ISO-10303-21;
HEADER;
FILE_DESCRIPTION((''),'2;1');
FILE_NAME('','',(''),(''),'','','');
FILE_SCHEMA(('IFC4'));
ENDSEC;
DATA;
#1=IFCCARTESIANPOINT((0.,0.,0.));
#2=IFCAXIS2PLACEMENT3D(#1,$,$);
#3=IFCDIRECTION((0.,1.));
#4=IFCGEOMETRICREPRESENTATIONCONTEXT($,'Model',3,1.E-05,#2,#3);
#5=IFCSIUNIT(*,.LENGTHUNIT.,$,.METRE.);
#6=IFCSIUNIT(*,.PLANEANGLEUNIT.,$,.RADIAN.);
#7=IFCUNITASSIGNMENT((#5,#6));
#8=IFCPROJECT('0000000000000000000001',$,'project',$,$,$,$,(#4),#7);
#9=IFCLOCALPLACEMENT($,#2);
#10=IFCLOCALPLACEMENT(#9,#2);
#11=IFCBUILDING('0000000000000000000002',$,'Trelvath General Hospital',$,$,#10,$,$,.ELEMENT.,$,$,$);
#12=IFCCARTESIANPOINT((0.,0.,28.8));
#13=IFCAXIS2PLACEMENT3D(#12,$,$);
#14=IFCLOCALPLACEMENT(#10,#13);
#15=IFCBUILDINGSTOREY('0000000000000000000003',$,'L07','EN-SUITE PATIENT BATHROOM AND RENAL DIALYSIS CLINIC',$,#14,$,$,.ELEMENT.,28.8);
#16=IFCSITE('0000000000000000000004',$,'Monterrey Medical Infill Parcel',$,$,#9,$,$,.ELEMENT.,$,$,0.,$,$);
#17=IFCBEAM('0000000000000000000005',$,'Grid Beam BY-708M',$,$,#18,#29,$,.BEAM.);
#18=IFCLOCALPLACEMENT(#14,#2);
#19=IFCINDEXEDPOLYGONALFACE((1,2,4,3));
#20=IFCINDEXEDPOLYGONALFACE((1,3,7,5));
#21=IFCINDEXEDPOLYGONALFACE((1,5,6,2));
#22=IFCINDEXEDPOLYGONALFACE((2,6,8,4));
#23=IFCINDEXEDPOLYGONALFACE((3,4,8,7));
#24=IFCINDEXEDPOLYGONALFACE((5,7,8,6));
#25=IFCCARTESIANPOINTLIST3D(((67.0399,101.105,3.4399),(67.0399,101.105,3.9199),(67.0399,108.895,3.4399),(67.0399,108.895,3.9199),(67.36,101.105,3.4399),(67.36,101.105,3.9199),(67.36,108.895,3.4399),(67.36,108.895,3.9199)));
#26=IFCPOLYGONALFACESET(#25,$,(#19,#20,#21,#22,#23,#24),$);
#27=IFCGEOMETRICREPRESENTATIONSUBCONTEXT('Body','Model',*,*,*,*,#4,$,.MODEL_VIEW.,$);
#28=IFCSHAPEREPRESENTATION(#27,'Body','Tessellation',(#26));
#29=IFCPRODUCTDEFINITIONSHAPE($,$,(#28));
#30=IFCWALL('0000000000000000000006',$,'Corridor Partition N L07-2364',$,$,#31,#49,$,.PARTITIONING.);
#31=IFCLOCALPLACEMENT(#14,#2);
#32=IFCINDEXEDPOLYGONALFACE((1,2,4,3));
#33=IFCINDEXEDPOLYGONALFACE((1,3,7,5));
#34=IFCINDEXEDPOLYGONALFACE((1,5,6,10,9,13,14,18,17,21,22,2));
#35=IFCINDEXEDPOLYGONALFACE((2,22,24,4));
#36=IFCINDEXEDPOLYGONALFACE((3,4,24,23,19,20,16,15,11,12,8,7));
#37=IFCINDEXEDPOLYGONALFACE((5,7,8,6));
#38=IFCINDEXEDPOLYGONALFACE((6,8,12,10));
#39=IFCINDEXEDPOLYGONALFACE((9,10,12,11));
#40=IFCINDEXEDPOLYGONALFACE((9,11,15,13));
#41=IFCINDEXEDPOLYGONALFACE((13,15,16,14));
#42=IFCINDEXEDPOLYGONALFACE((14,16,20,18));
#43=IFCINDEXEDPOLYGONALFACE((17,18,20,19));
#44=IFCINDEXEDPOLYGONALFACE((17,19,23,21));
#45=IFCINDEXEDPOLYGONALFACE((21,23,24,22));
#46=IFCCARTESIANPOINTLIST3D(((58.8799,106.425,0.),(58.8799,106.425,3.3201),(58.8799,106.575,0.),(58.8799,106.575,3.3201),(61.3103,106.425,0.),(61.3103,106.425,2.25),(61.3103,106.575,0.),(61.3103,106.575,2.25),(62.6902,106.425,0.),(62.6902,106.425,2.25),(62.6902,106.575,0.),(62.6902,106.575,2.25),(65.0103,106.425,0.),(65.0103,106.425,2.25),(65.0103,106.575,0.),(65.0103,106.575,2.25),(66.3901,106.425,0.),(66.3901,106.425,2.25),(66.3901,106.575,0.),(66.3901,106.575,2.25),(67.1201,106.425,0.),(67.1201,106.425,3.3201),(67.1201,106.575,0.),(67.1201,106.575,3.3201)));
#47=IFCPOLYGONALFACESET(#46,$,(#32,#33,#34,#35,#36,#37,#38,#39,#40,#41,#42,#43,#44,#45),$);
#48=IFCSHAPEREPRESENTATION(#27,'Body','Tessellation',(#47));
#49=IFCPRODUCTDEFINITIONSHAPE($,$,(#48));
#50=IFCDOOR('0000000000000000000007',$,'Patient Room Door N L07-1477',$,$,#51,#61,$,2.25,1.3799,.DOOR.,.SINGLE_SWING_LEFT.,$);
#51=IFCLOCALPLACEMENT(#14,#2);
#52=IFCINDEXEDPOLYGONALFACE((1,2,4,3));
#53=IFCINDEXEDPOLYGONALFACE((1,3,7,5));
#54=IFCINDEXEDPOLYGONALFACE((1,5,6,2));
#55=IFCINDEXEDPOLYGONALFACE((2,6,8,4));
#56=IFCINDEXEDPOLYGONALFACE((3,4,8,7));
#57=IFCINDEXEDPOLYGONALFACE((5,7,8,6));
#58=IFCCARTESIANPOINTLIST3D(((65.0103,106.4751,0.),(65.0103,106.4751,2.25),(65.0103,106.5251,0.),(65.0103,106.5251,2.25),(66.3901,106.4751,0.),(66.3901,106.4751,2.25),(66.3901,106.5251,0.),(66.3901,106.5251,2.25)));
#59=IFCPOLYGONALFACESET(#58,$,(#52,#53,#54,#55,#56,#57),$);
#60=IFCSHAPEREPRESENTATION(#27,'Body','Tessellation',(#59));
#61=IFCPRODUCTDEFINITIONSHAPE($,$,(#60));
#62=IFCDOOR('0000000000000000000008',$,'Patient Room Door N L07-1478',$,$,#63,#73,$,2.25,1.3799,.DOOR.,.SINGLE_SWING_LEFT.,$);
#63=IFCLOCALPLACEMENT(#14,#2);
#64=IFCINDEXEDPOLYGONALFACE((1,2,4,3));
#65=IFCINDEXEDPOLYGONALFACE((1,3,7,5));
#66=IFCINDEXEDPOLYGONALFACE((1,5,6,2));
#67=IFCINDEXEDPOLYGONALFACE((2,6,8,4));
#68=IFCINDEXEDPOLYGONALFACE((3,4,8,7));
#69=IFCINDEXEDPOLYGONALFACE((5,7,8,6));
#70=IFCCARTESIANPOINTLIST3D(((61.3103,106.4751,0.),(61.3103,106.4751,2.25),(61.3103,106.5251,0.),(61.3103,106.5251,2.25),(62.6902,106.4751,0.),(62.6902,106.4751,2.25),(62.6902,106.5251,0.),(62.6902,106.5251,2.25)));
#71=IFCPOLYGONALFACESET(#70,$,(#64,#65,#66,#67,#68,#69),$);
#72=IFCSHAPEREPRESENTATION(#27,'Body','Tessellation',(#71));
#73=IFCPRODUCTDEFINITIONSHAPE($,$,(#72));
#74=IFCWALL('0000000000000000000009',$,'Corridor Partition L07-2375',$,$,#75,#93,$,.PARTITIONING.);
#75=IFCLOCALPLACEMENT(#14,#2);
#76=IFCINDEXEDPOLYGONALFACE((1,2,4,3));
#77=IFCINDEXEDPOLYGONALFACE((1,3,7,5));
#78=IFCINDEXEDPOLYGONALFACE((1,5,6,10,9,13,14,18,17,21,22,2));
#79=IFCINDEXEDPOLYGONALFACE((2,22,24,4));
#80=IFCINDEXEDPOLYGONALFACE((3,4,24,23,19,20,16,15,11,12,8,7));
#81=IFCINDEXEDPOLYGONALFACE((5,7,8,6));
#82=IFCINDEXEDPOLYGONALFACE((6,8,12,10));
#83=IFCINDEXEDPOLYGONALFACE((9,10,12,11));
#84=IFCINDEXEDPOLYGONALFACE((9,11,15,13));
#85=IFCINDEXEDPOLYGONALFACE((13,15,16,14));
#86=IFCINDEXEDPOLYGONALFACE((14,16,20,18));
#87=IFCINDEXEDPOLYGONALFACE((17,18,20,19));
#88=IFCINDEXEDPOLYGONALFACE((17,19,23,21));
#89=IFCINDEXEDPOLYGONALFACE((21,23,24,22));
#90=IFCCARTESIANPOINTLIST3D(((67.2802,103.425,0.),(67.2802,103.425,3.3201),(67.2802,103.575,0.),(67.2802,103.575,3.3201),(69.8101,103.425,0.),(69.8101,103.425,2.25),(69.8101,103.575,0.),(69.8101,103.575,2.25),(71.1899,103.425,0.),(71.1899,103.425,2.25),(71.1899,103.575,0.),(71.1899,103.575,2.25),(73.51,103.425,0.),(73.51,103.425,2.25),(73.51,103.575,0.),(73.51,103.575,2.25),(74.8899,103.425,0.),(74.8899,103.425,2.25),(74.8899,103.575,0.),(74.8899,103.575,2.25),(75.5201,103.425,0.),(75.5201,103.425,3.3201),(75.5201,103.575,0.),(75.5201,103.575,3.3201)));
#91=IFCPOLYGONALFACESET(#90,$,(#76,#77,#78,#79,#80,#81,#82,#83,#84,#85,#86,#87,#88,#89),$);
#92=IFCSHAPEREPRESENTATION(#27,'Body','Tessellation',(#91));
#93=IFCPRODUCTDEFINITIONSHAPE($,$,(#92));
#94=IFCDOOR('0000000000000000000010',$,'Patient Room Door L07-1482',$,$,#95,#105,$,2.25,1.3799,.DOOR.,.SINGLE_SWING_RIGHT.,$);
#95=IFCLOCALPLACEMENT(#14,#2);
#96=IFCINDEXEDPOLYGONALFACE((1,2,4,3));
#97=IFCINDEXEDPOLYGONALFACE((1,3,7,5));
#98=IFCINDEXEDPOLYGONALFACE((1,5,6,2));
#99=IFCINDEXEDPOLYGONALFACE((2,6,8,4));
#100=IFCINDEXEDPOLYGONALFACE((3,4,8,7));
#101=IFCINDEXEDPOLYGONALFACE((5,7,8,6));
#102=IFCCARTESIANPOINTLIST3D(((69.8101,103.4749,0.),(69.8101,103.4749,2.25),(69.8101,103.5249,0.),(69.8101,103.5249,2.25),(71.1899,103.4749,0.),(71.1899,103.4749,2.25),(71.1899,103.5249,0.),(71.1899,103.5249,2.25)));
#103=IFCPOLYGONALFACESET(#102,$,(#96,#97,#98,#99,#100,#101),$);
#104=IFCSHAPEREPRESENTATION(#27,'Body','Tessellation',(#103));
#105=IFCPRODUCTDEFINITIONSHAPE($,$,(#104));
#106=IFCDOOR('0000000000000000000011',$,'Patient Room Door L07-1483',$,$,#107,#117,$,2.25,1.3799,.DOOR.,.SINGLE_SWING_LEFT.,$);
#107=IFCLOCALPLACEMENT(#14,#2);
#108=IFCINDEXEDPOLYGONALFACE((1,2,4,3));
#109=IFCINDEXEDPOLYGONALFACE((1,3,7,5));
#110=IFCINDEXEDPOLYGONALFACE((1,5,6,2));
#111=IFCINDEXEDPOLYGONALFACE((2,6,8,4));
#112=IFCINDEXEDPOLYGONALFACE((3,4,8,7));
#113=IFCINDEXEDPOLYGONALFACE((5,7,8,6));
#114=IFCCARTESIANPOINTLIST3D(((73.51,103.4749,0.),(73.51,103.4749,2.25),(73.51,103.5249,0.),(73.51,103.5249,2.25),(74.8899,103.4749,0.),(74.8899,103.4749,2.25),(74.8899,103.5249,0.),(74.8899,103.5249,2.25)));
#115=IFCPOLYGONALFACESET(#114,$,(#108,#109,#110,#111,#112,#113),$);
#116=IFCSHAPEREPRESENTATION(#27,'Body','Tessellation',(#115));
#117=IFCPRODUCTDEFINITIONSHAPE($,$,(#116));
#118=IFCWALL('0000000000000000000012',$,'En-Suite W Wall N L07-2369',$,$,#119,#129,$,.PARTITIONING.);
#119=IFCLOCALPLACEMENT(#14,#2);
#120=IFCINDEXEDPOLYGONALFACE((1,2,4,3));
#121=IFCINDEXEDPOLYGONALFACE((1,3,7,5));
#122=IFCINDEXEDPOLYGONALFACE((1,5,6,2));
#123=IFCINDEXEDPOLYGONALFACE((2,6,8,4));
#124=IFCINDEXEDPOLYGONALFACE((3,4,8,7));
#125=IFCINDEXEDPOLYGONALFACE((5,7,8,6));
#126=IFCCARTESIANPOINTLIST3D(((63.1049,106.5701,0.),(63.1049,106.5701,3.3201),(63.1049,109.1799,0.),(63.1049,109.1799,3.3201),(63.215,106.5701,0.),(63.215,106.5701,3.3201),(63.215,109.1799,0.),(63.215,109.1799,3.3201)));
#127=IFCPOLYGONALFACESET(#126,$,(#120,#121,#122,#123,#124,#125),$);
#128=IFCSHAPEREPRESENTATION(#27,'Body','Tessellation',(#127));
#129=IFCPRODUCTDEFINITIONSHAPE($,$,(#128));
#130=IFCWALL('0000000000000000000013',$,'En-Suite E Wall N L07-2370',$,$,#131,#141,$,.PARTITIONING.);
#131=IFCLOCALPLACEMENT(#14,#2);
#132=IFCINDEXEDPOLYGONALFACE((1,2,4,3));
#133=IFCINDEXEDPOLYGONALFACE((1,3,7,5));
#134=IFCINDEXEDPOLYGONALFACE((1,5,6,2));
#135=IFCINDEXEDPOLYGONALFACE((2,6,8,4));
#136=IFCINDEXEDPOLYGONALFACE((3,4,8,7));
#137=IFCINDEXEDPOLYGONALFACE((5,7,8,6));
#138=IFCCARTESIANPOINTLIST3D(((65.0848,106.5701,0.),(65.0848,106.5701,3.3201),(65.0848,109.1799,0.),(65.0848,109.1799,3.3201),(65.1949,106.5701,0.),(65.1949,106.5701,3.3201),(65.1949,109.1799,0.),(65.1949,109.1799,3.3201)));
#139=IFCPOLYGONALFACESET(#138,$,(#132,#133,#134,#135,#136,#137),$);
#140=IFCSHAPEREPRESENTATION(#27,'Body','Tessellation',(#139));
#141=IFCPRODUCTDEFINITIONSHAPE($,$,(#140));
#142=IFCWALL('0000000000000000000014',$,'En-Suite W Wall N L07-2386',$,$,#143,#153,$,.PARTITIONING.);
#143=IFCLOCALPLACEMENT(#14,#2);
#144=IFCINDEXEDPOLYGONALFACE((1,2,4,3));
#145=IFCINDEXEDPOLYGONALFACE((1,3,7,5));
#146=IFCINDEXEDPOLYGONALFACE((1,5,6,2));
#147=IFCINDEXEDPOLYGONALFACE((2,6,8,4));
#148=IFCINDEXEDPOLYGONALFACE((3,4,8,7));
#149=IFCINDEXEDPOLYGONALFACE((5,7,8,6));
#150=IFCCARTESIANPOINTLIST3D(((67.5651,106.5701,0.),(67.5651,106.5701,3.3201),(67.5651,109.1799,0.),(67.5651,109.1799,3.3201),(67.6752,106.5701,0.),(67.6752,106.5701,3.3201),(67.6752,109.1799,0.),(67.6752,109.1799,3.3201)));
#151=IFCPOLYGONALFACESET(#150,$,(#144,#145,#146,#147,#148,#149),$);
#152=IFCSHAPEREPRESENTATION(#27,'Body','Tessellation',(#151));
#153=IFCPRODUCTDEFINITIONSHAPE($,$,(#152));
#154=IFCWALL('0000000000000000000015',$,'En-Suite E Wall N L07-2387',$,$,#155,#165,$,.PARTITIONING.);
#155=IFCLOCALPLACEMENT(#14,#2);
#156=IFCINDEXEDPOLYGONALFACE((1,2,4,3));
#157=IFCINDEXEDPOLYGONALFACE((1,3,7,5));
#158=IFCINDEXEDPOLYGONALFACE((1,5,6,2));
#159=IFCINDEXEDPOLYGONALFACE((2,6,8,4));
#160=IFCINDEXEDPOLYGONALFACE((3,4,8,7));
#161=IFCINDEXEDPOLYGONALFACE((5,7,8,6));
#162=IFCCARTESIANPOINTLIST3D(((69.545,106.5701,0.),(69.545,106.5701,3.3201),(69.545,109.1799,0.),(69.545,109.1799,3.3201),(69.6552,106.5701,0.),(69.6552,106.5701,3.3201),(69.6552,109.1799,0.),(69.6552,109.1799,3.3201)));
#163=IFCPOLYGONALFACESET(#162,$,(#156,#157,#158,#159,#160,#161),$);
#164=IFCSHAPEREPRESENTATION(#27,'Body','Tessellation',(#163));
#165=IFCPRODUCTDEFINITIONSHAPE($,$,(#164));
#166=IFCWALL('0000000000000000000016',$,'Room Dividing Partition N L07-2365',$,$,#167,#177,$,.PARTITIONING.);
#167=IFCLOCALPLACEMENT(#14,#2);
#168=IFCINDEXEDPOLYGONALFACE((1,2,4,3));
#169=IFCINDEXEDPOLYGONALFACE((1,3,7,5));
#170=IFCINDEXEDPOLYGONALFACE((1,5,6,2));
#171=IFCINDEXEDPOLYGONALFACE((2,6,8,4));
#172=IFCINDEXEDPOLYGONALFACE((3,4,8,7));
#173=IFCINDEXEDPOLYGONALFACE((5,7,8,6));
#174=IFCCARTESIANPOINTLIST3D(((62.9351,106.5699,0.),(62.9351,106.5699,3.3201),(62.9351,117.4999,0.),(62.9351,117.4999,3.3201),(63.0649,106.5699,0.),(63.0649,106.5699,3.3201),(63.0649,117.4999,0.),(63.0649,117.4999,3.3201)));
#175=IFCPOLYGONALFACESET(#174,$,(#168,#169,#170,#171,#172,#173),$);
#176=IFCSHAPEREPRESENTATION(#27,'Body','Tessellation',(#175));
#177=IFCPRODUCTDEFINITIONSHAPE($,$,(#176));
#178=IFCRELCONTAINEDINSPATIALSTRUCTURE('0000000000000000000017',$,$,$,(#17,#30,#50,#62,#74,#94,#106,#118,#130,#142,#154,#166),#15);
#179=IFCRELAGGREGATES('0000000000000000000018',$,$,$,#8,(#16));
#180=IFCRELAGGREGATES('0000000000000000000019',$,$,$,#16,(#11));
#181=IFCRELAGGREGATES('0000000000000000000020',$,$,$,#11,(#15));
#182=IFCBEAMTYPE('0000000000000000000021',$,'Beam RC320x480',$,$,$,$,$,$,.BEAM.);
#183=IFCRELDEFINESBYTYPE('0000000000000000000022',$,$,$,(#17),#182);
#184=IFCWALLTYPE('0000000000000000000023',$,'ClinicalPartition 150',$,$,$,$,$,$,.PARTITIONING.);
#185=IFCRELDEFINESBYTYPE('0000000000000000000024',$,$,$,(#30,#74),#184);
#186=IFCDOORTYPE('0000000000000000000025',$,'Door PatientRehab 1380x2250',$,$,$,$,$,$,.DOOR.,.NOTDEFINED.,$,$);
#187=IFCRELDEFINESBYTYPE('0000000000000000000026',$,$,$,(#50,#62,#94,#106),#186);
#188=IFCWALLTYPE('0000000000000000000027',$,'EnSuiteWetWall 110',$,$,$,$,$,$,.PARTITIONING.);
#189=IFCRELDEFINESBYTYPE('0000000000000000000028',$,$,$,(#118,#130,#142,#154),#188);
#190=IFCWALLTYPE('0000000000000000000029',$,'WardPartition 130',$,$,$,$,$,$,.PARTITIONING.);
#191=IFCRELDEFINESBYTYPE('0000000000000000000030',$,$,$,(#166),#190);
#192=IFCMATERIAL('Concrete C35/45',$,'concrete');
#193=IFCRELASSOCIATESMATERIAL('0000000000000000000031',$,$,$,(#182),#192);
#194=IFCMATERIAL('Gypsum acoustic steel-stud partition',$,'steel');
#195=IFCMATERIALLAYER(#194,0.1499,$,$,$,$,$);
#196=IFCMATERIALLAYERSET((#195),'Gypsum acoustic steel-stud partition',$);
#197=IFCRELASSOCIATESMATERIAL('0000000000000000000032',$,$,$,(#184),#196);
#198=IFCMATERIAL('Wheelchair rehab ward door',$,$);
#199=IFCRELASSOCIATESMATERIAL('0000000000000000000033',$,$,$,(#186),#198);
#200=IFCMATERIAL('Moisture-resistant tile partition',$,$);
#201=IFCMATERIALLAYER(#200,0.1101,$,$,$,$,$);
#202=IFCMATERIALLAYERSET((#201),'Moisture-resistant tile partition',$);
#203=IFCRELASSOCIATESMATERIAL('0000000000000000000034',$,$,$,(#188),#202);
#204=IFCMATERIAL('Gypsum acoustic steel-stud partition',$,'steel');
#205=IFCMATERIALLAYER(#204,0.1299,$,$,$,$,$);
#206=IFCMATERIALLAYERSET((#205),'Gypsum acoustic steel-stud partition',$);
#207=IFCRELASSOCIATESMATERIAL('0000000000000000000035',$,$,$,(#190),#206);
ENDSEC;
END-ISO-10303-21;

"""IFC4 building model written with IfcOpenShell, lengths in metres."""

from ifc_helpers import new_model, si_unit, direction, frame, frame_2d, origin, origin_2d, place, context, subcontext, project, spatial, rectangle, extrude, material, layer, layer_set, material_profile, profile_set, type_object, element, fill, save


model = new_model("IFC4")

# Units and contexts
model_context = context("Model", 3, precision=1e-05, world=origin(), true_north=direction((0.0, 1.0)))
body_context = subcontext(model_context, "Body", "Model", "MODEL_VIEW")
ifc_project = project(units=[si_unit("LENGTHUNIT", "METRE"), si_unit("PLANEANGLEUNIT", "RADIAN")], contexts=[model_context])

# Site, building, storey
site_placement = place(None, origin())
site = spatial("IfcSite", under=ifc_project, at=site_placement, Name="Monterrey Medical Infill Parcel", CompositionType="ELEMENT", RefElevation=0.0)
building_placement = place(site_placement, origin())
building = spatial("IfcBuilding", under=site, at=building_placement, Name="Trelvath General Hospital", CompositionType="ELEMENT")
storey_placement = place(building_placement, frame((0.0, 0.0, 28.8)))
storey = spatial("IfcBuildingStorey", under=building, at=storey_placement, Name="L07", Description="EN-SUITE PATIENT BATHROOM AND RENAL DIALYSIS CLINIC", CompositionType="ELEMENT", Elevation=28.8)

# Beam
ifc_material_1 = material(Name="Concrete C35/45", Category="concrete")
ifc_material_profile = material_profile(ifc_material_1, rectangle(XDim=0.3201, YDim=0.48, at=origin_2d()), Name="RCB320x480")
ifc_profile_set = profile_set([ifc_material_profile], Name="Concrete C35/45")
beam_type = type_object("IfcBeamType", Name="Beam RC320x480", PredefinedType="BEAM", material=ifc_profile_set)
beam_placement = place(storey_placement, frame((67.2, 101.105, 3.6799), z_axis=(0.0, 1.0, 0.0), x_axis=(-1.0, 0.0, 0.0)))
element("IfcBeam", 1, at=beam_placement, inside=storey, type_object=beam_type, Name="Grid Beam BY-708M", PredefinedType="BEAM", context=body_context, shape_type="SweptSolid", body=[
    extrude(rectangle(XDim=0.3201, YDim=0.48, at=origin_2d()), origin(), (0.0, 0.0, 1.0), 7.79),
])

# Walls, openings, doors
ifc_material_2 = material(Name="Gypsum acoustic steel-stud partition", Category="steel")
ifc_layer_1 = layer(ifc_material_2, 0.1499)
ifc_layer_set_1 = layer_set([ifc_layer_1], Name="Gypsum acoustic steel-stud partition")
wall_type_1 = type_object("IfcWallType", Name="ClinicalPartition 150", PredefinedType="PARTITIONING", material=ifc_layer_set_1)
wall_1_placement = place(storey_placement, frame((67.1201, 106.5, 0.0), z_axis=(0.0, 0.0, 1.0), x_axis=(-1.0, 0.0, 0.0)))
wall_1 = element("IfcWall", 2, at=wall_1_placement, inside=storey, type_object=wall_type_1, Name="Corridor Partition N L07-2364", PredefinedType="PARTITIONING", context=body_context, shape_type="SweptSolid", body=[
    extrude(rectangle(XDim=8.2402, YDim=0.1499, at=frame_2d((4.1201, 0.0))), origin(), (0.0, 0.0, 1.0), 3.3201),
])
opening_1_placement = place(wall_1_placement, frame((0.73, 0.0, 0.0)))
opening_1 = element("IfcOpeningElement", 3, at=opening_1_placement, cuts=wall_1, PredefinedType="OPENING", context=body_context, shape_type="SweptSolid", body=[
    extrude(rectangle(XDim=1.3799, YDim=2.25, at=frame_2d((0.6899, 1.125))), frame((0.0, 0.085, 0.0), z_axis=(0.0, -1.0, 0.0), x_axis=(1.0, 0.0, 0.0)), (0.0, 0.0, 1.0), 0.1699),
])
opening_2_placement = place(wall_1_placement, frame((4.4299, 0.0, 0.0)))
opening_2 = element("IfcOpeningElement", 4, at=opening_2_placement, cuts=wall_1, PredefinedType="OPENING", context=body_context, shape_type="SweptSolid", body=[
    extrude(rectangle(XDim=1.3799, YDim=2.25, at=frame_2d((0.6899, 1.125))), frame((0.0, 0.085, 0.0), z_axis=(0.0, -1.0, 0.0), x_axis=(1.0, 0.0, 0.0)), (0.0, 0.0, 1.0), 0.1699),
])
ifc_material_3 = material(Name="Wheelchair rehab ward door")
door_type = type_object("IfcDoorType", Name="Door PatientRehab 1380x2250", OperationType="NOTDEFINED", PredefinedType="DOOR", material=ifc_material_3)
door_1_placement = place(opening_1_placement, origin())
door_1 = element("IfcDoor", 5, at=door_1_placement, inside=storey, type_object=door_type, Name="Patient Room Door N L07-1477", OperationType="SINGLE_SWING_LEFT", OverallHeight=2.25, OverallWidth=1.3799, PredefinedType="DOOR", context=body_context, shape_type="SweptSolid", body=[
    extrude(rectangle(XDim=1.3799, YDim=2.25, at=frame_2d((0.6899, 1.125))), frame((0.0, 0.0249, 0.0), z_axis=(0.0, -1.0, 0.0), x_axis=(1.0, 0.0, 0.0)), (0.0, 0.0, 1.0), 0.05),
])
fill(opening_1, door_1)
door_2_placement = place(opening_2_placement, origin())
door_2 = element("IfcDoor", 6, at=door_2_placement, inside=storey, type_object=door_type, Name="Patient Room Door N L07-1478", OperationType="SINGLE_SWING_LEFT", OverallHeight=2.25, OverallWidth=1.3799, PredefinedType="DOOR", context=body_context, shape_type="SweptSolid", body=[
    extrude(rectangle(XDim=1.3799, YDim=2.25, at=frame_2d((0.6899, 1.125))), frame((0.0, 0.0249, 0.0), z_axis=(0.0, -1.0, 0.0), x_axis=(1.0, 0.0, 0.0)), (0.0, 0.0, 1.0), 0.05),
])
fill(opening_2, door_2)
wall_2_placement = place(storey_placement, frame((67.28, 103.5, 0.0), z_axis=(0.0, 0.0, 1.0), x_axis=(1.0, 0.0, 0.0)))
wall_2 = element("IfcWall", 7, at=wall_2_placement, inside=storey, type_object=wall_type_1, Name="Corridor Partition L07-2375", PredefinedType="PARTITIONING", context=body_context, shape_type="SweptSolid", body=[
    extrude(rectangle(XDim=8.24, YDim=0.1499, at=frame_2d((4.1201, 0.0))), origin(), (0.0, 0.0, 1.0), 3.3201),
])
opening_3_placement = place(wall_2_placement, frame((2.53, 0.0, 0.0)))
opening_3 = element("IfcOpeningElement", 8, at=opening_3_placement, cuts=wall_2, PredefinedType="OPENING", context=body_context, shape_type="SweptSolid", body=[
    extrude(rectangle(XDim=1.3799, YDim=2.25, at=frame_2d((0.6899, 1.125))), frame((0.0, 0.085, 0.0), z_axis=(0.0, -1.0, 0.0), x_axis=(1.0, 0.0, 0.0)), (0.0, 0.0, 1.0), 0.1699),
])
opening_4_placement = place(wall_2_placement, frame((6.23, 0.0, 0.0)))
opening_4 = element("IfcOpeningElement", 9, at=opening_4_placement, cuts=wall_2, PredefinedType="OPENING", context=body_context, shape_type="SweptSolid", body=[
    extrude(rectangle(XDim=1.3799, YDim=2.25, at=frame_2d((0.6899, 1.125))), frame((0.0, 0.085, 0.0), z_axis=(0.0, -1.0, 0.0), x_axis=(1.0, 0.0, 0.0)), (0.0, 0.0, 1.0), 0.1699),
])
door_3_placement = place(opening_3_placement, origin())
door_3 = element("IfcDoor", 10, at=door_3_placement, inside=storey, type_object=door_type, Name="Patient Room Door L07-1482", OperationType="SINGLE_SWING_RIGHT", OverallHeight=2.25, OverallWidth=1.3799, PredefinedType="DOOR", context=body_context, shape_type="SweptSolid", body=[
    extrude(rectangle(XDim=1.3799, YDim=2.25, at=frame_2d((0.6899, 1.125))), frame((0.0, 0.0249, 0.0), z_axis=(0.0, -1.0, 0.0), x_axis=(1.0, 0.0, 0.0)), (0.0, 0.0, 1.0), 0.05),
])
fill(opening_3, door_3)
door_4_placement = place(opening_4_placement, origin())
door_4 = element("IfcDoor", 11, at=door_4_placement, inside=storey, type_object=door_type, Name="Patient Room Door L07-1483", OperationType="SINGLE_SWING_LEFT", OverallHeight=2.25, OverallWidth=1.3799, PredefinedType="DOOR", context=body_context, shape_type="SweptSolid", body=[
    extrude(rectangle(XDim=1.3799, YDim=2.25, at=frame_2d((0.6899, 1.125))), frame((0.0, 0.0249, 0.0), z_axis=(0.0, -1.0, 0.0), x_axis=(1.0, 0.0, 0.0)), (0.0, 0.0, 1.0), 0.05),
])
fill(opening_4, door_4)

# Walls
ifc_material_4 = material(Name="Moisture-resistant tile partition")
ifc_layer_2 = layer(ifc_material_4, 0.1101)
ifc_layer_set_2 = layer_set([ifc_layer_2], Name="Moisture-resistant tile partition")
wall_type_2 = type_object("IfcWallType", Name="EnSuiteWetWall 110", PredefinedType="PARTITIONING", material=ifc_layer_set_2)
for number, where, z_axis, x_axis, name in (
    (12, (63.1599, 106.5701, 0.0), (0.0, 0.0, 1.0), (0.0, 1.0, 0.0), "En-Suite W Wall N L07-2369"),
    (13, (65.1399, 106.5701, 0.0), (0.0, 0.0, 1.0), (0.0, 1.0, 0.0), "En-Suite E Wall N L07-2370"),
    (14, (67.6201, 106.5701, 0.0), (0.0, 0.0, 1.0), (0.0, 1.0, 0.0), "En-Suite W Wall N L07-2386"),
    (15, (69.6001, 106.5701, 0.0), (0.0, 0.0, 1.0), (0.0, 1.0, 0.0), "En-Suite E Wall N L07-2387"),
):
    element("IfcWall", number, at=place(storey_placement, frame(where, z_axis=z_axis, x_axis=x_axis)), inside=storey, type_object=wall_type_2, Name=name, PredefinedType="PARTITIONING", context=body_context, shape_type="SweptSolid", body=[
        extrude(rectangle(XDim=2.6099, YDim=0.1101, at=frame_2d((1.3049, 0.0))), origin(), (0.0, 0.0, 1.0), 3.3201),
    ])
ifc_material_5 = material(Name="Gypsum acoustic steel-stud partition", Category="steel")
ifc_layer_3 = layer(ifc_material_5, 0.1299)
ifc_layer_set_3 = layer_set([ifc_layer_3], Name="Gypsum acoustic steel-stud partition")
wall_type_3 = type_object("IfcWallType", Name="WardPartition 130", PredefinedType="PARTITIONING", material=ifc_layer_set_3)
wall_3_placement = place(storey_placement, frame((63.0, 106.5701, 0.0), z_axis=(0.0, 0.0, 1.0), x_axis=(0.0, 1.0, 0.0)))
element("IfcWall", 16, at=wall_3_placement, inside=storey, type_object=wall_type_3, Name="Room Dividing Partition N L07-2365", PredefinedType="PARTITIONING", context=body_context, shape_type="SweptSolid", body=[
    extrude(rectangle(XDim=10.9299, YDim=0.1299, at=frame_2d((5.4648, 0.0))), origin(), (0.0, 0.0, 1.0), 3.3201),
])

save(model, "model.ifc")
